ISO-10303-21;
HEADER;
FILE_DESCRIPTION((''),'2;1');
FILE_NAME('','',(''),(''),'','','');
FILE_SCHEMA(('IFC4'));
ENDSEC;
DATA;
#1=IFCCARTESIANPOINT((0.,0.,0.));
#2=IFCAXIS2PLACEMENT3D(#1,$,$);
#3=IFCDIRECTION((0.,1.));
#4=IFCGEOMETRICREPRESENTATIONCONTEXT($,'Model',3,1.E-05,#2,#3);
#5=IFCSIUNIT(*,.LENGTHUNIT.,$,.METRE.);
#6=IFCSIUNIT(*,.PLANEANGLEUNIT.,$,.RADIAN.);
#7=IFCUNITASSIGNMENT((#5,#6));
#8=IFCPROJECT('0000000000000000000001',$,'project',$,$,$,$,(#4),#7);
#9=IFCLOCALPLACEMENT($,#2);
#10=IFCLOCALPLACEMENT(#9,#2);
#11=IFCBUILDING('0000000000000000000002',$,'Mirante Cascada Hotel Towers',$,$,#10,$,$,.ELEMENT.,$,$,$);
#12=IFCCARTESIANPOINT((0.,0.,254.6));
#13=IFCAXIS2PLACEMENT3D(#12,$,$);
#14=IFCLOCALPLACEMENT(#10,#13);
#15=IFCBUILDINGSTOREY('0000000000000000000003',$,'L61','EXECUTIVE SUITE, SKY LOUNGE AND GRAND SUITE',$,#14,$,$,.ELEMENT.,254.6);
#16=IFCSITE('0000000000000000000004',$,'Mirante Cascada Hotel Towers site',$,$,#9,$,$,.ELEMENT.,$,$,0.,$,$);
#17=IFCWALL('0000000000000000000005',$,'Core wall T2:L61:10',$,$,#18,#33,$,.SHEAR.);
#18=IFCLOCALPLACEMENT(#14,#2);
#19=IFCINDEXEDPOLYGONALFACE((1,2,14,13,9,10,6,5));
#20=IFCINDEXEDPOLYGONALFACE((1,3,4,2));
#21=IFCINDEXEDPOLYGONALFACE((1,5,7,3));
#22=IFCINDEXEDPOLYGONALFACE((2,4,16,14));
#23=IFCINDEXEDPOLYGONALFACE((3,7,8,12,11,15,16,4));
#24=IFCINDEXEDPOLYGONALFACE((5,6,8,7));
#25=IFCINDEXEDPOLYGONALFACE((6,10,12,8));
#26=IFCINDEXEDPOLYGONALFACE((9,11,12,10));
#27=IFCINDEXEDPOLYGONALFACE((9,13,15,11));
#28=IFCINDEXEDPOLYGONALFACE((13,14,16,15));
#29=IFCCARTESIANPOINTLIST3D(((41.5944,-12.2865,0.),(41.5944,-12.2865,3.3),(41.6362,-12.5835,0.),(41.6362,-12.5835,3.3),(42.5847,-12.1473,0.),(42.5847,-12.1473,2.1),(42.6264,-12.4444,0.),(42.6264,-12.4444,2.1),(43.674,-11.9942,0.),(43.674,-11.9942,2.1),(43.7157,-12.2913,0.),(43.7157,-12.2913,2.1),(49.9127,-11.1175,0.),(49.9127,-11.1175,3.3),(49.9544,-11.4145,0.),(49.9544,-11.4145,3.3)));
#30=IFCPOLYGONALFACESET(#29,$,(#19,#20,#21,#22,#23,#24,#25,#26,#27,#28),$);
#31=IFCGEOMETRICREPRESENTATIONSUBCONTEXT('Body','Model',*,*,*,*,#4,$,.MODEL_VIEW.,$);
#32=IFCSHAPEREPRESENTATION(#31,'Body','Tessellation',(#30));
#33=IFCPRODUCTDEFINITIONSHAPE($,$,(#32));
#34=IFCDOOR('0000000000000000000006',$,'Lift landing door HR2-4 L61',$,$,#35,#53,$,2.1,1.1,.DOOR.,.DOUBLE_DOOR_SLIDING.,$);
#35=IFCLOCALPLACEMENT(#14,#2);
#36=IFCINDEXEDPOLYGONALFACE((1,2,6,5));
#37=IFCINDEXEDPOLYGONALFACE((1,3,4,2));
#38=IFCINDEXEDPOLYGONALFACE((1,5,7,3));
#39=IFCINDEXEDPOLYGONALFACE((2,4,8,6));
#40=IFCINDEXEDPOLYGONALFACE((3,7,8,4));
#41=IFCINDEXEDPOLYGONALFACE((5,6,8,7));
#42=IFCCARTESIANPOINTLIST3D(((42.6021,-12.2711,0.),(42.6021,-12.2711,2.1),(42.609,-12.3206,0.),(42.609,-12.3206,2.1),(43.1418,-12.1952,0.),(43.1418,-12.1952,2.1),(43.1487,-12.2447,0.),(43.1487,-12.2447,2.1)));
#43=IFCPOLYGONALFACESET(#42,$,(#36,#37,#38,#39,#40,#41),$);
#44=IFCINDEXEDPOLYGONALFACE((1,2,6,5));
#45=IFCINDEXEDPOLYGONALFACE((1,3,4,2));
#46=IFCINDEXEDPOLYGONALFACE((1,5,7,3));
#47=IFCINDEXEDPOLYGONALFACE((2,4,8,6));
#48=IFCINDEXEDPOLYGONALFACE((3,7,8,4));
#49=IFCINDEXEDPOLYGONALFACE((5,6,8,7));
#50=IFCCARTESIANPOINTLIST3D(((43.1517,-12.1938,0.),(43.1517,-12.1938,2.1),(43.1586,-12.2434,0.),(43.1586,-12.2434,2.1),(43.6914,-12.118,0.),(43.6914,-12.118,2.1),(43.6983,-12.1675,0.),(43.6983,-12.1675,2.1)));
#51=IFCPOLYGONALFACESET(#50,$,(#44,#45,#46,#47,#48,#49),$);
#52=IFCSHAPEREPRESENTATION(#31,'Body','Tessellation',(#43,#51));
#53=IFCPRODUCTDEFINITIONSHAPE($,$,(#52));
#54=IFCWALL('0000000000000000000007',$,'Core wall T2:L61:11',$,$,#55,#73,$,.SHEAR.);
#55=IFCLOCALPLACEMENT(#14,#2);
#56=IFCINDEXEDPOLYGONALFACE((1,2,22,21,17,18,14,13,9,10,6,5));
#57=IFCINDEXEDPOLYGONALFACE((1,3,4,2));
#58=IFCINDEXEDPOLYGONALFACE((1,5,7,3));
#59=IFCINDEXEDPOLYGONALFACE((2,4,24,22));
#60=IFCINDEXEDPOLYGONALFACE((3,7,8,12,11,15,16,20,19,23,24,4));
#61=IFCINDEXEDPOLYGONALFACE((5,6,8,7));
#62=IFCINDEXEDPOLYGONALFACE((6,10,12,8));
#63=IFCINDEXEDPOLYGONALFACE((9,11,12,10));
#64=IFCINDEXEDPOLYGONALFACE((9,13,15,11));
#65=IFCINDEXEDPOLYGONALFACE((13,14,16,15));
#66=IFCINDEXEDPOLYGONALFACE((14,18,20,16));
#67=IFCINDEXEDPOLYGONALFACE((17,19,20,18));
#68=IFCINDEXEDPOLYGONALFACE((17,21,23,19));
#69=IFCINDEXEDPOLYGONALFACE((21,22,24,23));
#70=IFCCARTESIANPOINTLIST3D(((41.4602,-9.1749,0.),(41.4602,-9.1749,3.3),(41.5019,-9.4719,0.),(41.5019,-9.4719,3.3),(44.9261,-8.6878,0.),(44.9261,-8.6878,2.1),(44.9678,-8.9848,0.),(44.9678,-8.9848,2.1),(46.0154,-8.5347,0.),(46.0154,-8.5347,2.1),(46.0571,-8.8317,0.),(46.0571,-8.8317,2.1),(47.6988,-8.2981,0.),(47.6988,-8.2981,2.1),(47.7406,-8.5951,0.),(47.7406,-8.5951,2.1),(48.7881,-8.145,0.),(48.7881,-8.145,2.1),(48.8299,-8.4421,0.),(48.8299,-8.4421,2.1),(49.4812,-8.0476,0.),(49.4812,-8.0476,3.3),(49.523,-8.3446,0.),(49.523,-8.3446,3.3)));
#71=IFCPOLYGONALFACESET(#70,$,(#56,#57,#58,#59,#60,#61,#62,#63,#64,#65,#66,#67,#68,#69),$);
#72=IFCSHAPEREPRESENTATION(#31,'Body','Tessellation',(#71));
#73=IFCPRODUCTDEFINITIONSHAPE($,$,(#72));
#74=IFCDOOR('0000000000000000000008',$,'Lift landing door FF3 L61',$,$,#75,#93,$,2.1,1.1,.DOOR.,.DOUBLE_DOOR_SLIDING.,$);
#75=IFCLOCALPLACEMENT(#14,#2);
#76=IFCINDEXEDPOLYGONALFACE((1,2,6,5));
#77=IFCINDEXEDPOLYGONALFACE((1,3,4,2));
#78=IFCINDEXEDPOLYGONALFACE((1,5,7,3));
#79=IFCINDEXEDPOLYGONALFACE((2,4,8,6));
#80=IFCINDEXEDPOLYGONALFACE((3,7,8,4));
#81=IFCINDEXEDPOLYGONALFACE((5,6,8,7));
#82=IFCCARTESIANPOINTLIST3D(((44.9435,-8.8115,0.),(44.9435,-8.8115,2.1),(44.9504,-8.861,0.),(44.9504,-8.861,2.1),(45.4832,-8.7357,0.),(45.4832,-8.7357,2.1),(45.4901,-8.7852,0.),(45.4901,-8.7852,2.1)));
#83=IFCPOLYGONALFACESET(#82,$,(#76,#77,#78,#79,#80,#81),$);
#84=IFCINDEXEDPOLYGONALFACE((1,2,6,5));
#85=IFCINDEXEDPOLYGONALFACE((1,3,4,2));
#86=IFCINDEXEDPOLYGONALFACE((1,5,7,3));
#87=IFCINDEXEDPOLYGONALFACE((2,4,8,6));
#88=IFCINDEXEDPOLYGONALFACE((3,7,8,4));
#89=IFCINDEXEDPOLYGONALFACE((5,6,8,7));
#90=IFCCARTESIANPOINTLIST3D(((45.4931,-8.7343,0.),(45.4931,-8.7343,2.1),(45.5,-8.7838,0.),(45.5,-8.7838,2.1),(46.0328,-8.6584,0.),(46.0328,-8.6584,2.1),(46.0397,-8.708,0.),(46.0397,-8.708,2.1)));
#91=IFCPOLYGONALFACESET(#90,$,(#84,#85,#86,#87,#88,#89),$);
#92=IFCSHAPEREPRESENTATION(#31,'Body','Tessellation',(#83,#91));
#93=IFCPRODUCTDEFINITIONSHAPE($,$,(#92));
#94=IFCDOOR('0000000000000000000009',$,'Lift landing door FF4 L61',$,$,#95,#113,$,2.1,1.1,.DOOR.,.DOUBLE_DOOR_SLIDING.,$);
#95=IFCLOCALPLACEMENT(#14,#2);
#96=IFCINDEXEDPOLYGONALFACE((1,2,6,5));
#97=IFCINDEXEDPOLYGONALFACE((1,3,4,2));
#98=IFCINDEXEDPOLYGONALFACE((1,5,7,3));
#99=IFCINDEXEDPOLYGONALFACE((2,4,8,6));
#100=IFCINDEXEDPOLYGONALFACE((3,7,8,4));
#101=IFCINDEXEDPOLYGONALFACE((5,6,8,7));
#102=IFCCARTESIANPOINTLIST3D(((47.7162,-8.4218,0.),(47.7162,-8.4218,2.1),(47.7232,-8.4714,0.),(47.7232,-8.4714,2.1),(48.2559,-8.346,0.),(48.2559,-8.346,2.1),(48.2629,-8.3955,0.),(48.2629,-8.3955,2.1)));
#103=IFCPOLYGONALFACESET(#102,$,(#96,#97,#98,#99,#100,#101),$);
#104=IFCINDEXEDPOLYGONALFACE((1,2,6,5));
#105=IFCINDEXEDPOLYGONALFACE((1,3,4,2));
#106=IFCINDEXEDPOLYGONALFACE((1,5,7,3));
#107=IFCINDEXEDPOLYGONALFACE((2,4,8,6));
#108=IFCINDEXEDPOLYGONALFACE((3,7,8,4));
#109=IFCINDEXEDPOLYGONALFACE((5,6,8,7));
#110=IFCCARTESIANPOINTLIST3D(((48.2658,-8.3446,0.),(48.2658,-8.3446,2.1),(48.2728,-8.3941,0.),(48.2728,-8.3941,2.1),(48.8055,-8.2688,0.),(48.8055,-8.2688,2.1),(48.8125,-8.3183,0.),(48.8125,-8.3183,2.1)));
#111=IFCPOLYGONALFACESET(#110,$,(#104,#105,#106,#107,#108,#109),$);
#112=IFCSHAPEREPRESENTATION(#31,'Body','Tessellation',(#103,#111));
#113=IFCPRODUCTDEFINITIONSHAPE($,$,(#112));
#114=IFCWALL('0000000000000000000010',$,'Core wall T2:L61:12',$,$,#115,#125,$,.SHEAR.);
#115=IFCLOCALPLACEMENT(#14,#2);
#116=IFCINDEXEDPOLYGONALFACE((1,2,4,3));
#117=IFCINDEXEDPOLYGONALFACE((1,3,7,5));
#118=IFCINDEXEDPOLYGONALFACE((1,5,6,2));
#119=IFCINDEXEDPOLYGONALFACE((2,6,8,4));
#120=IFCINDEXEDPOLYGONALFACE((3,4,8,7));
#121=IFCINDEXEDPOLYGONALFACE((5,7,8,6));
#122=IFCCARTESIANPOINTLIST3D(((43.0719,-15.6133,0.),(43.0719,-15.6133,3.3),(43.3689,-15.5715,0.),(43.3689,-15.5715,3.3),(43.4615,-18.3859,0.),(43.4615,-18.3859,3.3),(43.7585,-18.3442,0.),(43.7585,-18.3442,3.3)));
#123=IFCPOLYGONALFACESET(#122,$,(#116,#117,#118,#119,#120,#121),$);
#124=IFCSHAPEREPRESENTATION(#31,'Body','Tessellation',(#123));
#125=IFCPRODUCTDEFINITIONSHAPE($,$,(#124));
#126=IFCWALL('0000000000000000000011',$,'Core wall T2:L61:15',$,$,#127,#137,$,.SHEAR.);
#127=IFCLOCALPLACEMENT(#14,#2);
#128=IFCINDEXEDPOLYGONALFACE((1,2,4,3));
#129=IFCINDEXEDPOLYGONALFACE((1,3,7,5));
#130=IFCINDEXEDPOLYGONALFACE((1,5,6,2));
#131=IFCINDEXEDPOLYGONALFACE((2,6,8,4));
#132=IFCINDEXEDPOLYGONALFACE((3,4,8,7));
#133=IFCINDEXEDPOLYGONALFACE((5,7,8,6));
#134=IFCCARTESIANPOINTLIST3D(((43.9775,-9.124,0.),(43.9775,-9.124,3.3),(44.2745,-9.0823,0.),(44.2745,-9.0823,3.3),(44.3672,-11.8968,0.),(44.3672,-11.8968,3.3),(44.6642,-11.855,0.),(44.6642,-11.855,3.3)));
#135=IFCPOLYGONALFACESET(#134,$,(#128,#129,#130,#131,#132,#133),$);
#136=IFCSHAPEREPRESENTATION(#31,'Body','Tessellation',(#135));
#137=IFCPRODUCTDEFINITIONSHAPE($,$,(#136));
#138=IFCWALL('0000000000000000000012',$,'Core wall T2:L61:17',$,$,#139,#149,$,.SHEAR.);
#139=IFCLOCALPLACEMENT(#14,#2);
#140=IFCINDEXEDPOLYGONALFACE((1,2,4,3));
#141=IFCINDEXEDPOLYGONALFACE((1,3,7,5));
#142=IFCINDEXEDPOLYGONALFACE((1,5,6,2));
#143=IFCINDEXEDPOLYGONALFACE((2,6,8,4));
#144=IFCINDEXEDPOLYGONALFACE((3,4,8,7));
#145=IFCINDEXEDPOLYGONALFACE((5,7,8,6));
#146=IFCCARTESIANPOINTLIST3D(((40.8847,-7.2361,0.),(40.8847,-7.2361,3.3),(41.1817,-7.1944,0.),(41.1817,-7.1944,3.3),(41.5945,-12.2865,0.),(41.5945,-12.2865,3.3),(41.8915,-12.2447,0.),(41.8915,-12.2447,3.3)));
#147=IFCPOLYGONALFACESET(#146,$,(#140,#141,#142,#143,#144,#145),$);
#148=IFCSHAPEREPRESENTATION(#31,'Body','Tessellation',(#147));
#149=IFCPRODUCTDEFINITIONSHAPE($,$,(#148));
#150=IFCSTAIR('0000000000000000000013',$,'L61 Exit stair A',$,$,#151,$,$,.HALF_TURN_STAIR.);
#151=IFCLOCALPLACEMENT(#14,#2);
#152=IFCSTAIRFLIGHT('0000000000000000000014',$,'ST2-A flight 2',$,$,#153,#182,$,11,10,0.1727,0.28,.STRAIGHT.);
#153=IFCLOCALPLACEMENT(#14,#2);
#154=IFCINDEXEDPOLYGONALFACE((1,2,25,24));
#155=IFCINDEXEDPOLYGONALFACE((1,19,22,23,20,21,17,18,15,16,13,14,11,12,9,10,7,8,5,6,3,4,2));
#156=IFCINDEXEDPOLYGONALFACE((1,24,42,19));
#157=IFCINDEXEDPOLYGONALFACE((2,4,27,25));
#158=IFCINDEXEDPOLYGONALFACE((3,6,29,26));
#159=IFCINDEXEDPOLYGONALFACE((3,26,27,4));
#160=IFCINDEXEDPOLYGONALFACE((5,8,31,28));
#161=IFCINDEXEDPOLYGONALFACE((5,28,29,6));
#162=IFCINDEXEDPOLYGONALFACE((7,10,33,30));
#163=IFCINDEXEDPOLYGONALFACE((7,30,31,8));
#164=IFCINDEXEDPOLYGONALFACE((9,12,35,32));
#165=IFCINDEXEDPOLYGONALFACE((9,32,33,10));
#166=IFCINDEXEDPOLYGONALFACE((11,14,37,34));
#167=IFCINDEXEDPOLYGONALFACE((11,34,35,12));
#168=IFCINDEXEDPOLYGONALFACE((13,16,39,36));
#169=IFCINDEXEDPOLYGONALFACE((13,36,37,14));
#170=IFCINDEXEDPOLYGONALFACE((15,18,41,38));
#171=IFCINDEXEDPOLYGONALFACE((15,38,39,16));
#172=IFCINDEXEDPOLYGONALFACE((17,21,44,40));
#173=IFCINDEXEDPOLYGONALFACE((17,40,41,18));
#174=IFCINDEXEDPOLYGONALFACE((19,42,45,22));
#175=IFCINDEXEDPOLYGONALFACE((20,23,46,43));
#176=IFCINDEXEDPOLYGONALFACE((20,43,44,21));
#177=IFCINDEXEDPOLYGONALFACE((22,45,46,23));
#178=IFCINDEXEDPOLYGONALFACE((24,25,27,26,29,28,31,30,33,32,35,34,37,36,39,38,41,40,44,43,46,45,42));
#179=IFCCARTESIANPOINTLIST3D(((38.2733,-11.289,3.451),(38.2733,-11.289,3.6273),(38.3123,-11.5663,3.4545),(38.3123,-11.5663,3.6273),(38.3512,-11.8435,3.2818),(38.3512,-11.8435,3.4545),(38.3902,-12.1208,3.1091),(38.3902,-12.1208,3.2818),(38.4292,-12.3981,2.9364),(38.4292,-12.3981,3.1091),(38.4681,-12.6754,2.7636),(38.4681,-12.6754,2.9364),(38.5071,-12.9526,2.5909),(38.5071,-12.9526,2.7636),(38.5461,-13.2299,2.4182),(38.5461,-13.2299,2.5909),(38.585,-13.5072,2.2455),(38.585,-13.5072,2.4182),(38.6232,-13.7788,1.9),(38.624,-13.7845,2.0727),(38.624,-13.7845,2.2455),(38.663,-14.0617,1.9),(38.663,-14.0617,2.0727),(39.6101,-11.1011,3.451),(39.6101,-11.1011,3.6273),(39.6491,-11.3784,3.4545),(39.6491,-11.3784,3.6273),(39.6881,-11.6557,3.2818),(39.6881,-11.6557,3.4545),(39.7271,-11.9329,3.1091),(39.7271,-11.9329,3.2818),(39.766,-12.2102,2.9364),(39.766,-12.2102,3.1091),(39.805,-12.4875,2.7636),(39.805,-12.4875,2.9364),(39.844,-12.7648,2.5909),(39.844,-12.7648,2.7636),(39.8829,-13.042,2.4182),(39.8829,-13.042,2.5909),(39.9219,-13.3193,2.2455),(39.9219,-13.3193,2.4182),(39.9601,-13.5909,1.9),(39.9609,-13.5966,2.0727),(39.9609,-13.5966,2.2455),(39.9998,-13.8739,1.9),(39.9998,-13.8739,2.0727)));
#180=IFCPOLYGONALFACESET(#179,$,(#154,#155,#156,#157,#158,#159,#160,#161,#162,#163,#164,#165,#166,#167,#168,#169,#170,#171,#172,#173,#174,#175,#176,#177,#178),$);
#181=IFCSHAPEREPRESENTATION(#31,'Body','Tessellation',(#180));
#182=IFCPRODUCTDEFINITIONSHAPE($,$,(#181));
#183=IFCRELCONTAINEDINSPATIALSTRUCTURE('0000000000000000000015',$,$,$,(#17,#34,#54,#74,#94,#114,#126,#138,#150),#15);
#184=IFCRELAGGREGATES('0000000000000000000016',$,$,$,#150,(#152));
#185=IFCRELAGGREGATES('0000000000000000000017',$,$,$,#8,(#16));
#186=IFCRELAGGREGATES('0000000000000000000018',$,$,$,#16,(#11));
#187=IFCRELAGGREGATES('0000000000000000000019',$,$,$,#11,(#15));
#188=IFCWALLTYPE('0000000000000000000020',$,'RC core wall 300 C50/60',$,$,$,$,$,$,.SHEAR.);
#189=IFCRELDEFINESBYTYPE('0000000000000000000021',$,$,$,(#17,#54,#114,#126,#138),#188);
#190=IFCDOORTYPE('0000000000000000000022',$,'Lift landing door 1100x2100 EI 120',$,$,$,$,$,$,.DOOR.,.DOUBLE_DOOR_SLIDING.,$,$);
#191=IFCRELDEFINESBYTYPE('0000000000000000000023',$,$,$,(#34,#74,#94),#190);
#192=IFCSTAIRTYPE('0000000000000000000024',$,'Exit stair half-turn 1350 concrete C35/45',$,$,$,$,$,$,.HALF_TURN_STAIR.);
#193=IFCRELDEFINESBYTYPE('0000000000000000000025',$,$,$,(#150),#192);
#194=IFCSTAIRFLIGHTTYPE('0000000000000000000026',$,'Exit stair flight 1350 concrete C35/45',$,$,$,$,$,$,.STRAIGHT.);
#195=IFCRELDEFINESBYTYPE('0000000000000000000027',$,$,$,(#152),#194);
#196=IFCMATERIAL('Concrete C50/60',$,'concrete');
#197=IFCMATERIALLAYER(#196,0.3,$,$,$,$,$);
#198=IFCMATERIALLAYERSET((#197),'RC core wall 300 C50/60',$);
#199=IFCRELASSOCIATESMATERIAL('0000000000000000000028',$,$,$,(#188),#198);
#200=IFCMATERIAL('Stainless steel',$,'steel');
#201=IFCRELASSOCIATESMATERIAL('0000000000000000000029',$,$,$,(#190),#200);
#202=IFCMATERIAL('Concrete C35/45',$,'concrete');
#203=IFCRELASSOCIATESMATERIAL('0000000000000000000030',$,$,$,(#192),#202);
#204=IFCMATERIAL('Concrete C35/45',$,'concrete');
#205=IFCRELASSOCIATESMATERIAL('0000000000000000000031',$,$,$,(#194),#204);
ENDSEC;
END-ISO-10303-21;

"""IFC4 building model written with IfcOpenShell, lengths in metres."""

from ifc_helpers import new_model, si_unit, direction, frame, frame_2d, origin, place, context, subcontext, project, spatial, polyline, rectangle, outline, extrude, material, layer, layer_set, type_object, element, fill, aggregate, save


model = new_model("IFC4")

# Units and contexts
model_context = context("Model", 3, precision=1e-05, world=origin(), true_north=direction((0.0, 1.0)))
body_context = subcontext(model_context, "Body", "Model", "MODEL_VIEW")
ifc_project = project(units=[si_unit("LENGTHUNIT", "METRE"), si_unit("PLANEANGLEUNIT", "RADIAN")], contexts=[model_context])

# Site, building, storey
site_placement = place(None, origin())
site = spatial("IfcSite", under=ifc_project, at=site_placement, Name="Mirante Cascada Hotel Towers site", CompositionType="ELEMENT", RefElevation=0.0)
building_placement = place(site_placement, origin())
building = spatial("IfcBuilding", under=site, at=building_placement, Name="Mirante Cascada Hotel Towers", CompositionType="ELEMENT")
storey_placement = place(building_placement, frame((0.0, 0.0, 254.6)))
storey = spatial("IfcBuildingStorey", under=building, at=storey_placement, Name="L61", Description="EXECUTIVE SUITE, SKY LOUNGE AND GRAND SUITE", CompositionType="ELEMENT", Elevation=254.6)

# Shared definitions
ifc_material_1 = material(Name="Concrete C50/60", Category="concrete")
ifc_layer_1 = layer(ifc_material_1, 0.3)
ifc_layer_set_1 = layer_set([ifc_layer_1], Name="RC core wall 300 C50/60")
wall_type_1 = type_object("IfcWallType", Name="RC core wall 300 C50/60", PredefinedType="SHEAR", material=ifc_layer_set_1)

# Shared definitions
ifc_material_2 = material(Name="Stainless steel", Category="steel")
door_type_1 = type_object("IfcDoorType", Name="Lift landing door 1100x2100 EI 120", OperationType="DOUBLE_DOOR_SLIDING", PredefinedType="DOOR", material=ifc_material_2)

# Wall, opening, door
wall_1_placement = place(storey_placement, frame((41.6153, -12.435, 0.0), z_axis=(0.0, 0.0, 1.0), x_axis=(0.990269, 0.139166, 0.0)))
wall_1 = element("IfcWall", 1, at=wall_1_placement, inside=storey, type_object=wall_type_1, Name="Core wall T2:L61:10", PredefinedType="SHEAR", context=body_context, shape_type="SweptSolid", body=[
    extrude(rectangle(XDim=8.4, YDim=0.3, at=frame_2d((4.2, 0.0))), origin(), (0.0, 0.0, 1.0), 3.3),
])
opening_1_placement = place(wall_1_placement, frame((1.0, 0.0, 0.0)))
opening_1 = element("IfcOpeningElement", 2, at=opening_1_placement, cuts=wall_1, PredefinedType="OPENING", context=body_context, shape_type="SweptSolid", body=[
    extrude(rectangle(XDim=1.1, YDim=2.1, at=frame_2d((0.55, 1.05))), frame((0.0, 0.15, 0.0), z_axis=(0.0, -1.0, 0.0), x_axis=(1.0, 0.0, 0.0)), (0.0, 0.0, 1.0), 0.3),
])
door_1_placement = place(opening_1_placement, origin())
door_1 = element("IfcDoor", 3, at=door_1_placement, inside=storey, type_object=door_type_1, Name="Lift landing door HR2-4 L61", OperationType="DOUBLE_DOOR_SLIDING", OverallHeight=2.1, OverallWidth=1.1, PredefinedType="DOOR", context=body_context, shape_type="SweptSolid", body=[
    extrude(rectangle(XDim=0.545, YDim=2.1, at=frame_2d((0.2725, 1.05))), frame((0.0, 0.025, 0.0), z_axis=(0.0, -1.0, 0.0), x_axis=(1.0, 0.0, 0.0)), (0.0, 0.0, 1.0), 0.05),
    extrude(rectangle(XDim=0.545, YDim=2.1, at=frame_2d((0.8275, 1.05))), frame((0.0, 0.025, 0.0), z_axis=(0.0, -1.0, 0.0), x_axis=(1.0, 0.0, 0.0)), (0.0, 0.0, 1.0), 0.05),
])
fill(opening_1, door_1)

# Wall, openings, doors
wall_2_placement = place(storey_placement, frame((41.481, -9.3234, 0.0), z_axis=(0.0, 0.0, 1.0), x_axis=(0.990268, 0.139174, 0.0)))
wall_2 = element("IfcWall", 4, at=wall_2_placement, inside=storey, type_object=wall_type_1, Name="Core wall T2:L61:11", PredefinedType="SHEAR", context=body_context, shape_type="SweptSolid", body=[
    extrude(rectangle(XDim=8.0999, YDim=0.3, at=frame_2d((4.05, 0.0))), origin(), (0.0, 0.0, 1.0), 3.3),
])
opening_2_placement = place(wall_2_placement, frame((3.5, 0.0, 0.0)))
opening_2 = element("IfcOpeningElement", 5, at=opening_2_placement, cuts=wall_2, PredefinedType="OPENING", context=body_context, shape_type="SweptSolid", body=[
    extrude(rectangle(XDim=1.1, YDim=2.1, at=frame_2d((0.55, 1.05))), frame((0.0, 0.15, 0.0), z_axis=(0.0, -1.0, 0.0), x_axis=(1.0, 0.0, 0.0)), (0.0, 0.0, 1.0), 0.3),
])
opening_3_placement = place(wall_2_placement, frame((6.3, 0.0, 0.0)))
opening_3 = element("IfcOpeningElement", 6, at=opening_3_placement, cuts=wall_2, PredefinedType="OPENING", context=body_context, shape_type="SweptSolid", body=[
    extrude(rectangle(XDim=1.1, YDim=2.1, at=frame_2d((0.55, 1.05))), frame((0.0, 0.15, 0.0), z_axis=(0.0, -1.0, 0.0), x_axis=(1.0, 0.0, 0.0)), (0.0, 0.0, 1.0), 0.3),
])
door_2_placement = place(opening_2_placement, origin())
door_2 = element("IfcDoor", 7, at=door_2_placement, inside=storey, type_object=door_type_1, Name="Lift landing door FF3 L61", OperationType="DOUBLE_DOOR_SLIDING", OverallHeight=2.1, OverallWidth=1.1, PredefinedType="DOOR", context=body_context, shape_type="SweptSolid", body=[
    extrude(rectangle(XDim=0.545, YDim=2.1, at=frame_2d((0.2725, 1.05))), frame((0.0, 0.025, 0.0), z_axis=(0.0, -1.0, 0.0), x_axis=(1.0, 0.0, 0.0)), (0.0, 0.0, 1.0), 0.05),
    extrude(rectangle(XDim=0.545, YDim=2.1, at=frame_2d((0.8275, 1.05))), frame((0.0, 0.025, 0.0), z_axis=(0.0, -1.0, 0.0), x_axis=(1.0, 0.0, 0.0)), (0.0, 0.0, 1.0), 0.05),
])
fill(opening_2, door_2)
door_3_placement = place(opening_3_placement, origin())
door_3 = element("IfcDoor", 8, at=door_3_placement, inside=storey, type_object=door_type_1, Name="Lift landing door FF4 L61", OperationType="DOUBLE_DOOR_SLIDING", OverallHeight=2.1, OverallWidth=1.1, PredefinedType="DOOR", context=body_context, shape_type="SweptSolid", body=[
    extrude(rectangle(XDim=0.545, YDim=2.1, at=frame_2d((0.2725, 1.05))), frame((0.0, 0.025, 0.0), z_axis=(0.0, -1.0, 0.0), x_axis=(1.0, 0.0, 0.0)), (0.0, 0.0, 1.0), 0.05),
    extrude(rectangle(XDim=0.545, YDim=2.1, at=frame_2d((0.8275, 1.05))), frame((0.0, 0.025, 0.0), z_axis=(0.0, -1.0, 0.0), x_axis=(1.0, 0.0, 0.0)), (0.0, 0.0, 1.0), 0.05),
])
fill(opening_3, door_3)

# Walls
wall_3_placement = place(storey_placement, frame((43.61, -18.3651, 0.0), z_axis=(0.0, 0.0, 1.0), x_axis=(-0.139146, 0.990272, 0.0)))
element("IfcWall", 9, at=wall_3_placement, inside=storey, type_object=wall_type_1, Name="Core wall T2:L61:12", PredefinedType="SHEAR", context=body_context, shape_type="SweptSolid", body=[
    extrude(rectangle(XDim=2.7999, YDim=0.3, at=frame_2d((1.4, 0.0))), origin(), (0.0, 0.0, 1.0), 3.3),
])
wall_4_placement = place(storey_placement, frame((44.5157, -11.8759, 0.0), z_axis=(0.0, 0.0, 1.0), x_axis=(-0.139181, 0.990267, 0.0)))
element("IfcWall", 10, at=wall_4_placement, inside=storey, type_object=wall_type_1, Name="Core wall T2:L61:15", PredefinedType="SHEAR", context=body_context, shape_type="SweptSolid", body=[
    extrude(rectangle(XDim=2.8, YDim=0.3, at=frame_2d((1.4, 0.0))), origin(), (0.0, 0.0, 1.0), 3.3),
])
wall_5_placement = place(storey_placement, frame((41.743, -12.2656, 0.0), z_axis=(0.0, 0.0, 1.0), x_axis=(-0.139176, 0.990268, 0.0)))
element("IfcWall", 11, at=wall_5_placement, inside=storey, type_object=wall_type_1, Name="Core wall T2:L61:17", PredefinedType="SHEAR", context=body_context, shape_type="SweptSolid", body=[
    extrude(rectangle(XDim=5.1, YDim=0.3, at=frame_2d((2.55, 0.0))), origin(), (0.0, 0.0, 1.0), 3.3),
])

# Stair, stair flight
ifc_material_3 = material(Name="Concrete C35/45", Category="concrete")
stair_type = type_object("IfcStairType", Name="Exit stair half-turn 1350 concrete C35/45", PredefinedType="HALF_TURN_STAIR", material=ifc_material_3)
stair_placement = place(storey_placement, origin())
stair = element("IfcStair", 12, at=stair_placement, inside=storey, type_object=stair_type, Name="L61 Exit stair A", PredefinedType="HALF_TURN_STAIR")
ifc_material_4 = material(Name="Concrete C35/45", Category="concrete")
stair_flight_type = type_object("IfcStairFlightType", Name="Exit stair flight 1350 concrete C35/45", PredefinedType="STRAIGHT", material=ifc_material_4)
stair_flight_placement = place(storey_placement, frame((39.3314, -13.9678, 1.9), z_axis=(0.0, 0.0, 1.0), x_axis=(-0.139173, 0.990268, 0.0)))
stair_flight = element("IfcStairFlight", 13, at=stair_flight_placement, type_object=stair_flight_type, Name="ST2-A flight 2", NumberOfRisers=11, NumberOfTreads=10, PredefinedType="STRAIGHT", RiserHeight=0.1727, TreadLength=0.28, context=body_context, shape_type="SweptSolid", body=[
    extrude(outline(polyline([(0.0, 0.0), (0.0, 0.1727), (0.28, 0.1727), (0.28, 0.3455), (0.56, 0.3455), (0.56, 0.5182), (0.84, 0.5182), (0.84, 0.6909), (1.12, 0.6909), (1.12, 0.8636), (1.4, 0.8636), (1.4, 1.0364), (1.68, 1.0364), (1.68, 1.2091), (1.96, 1.2091), (1.96, 1.3818), (2.24, 1.3818), (2.24, 1.5545), (2.52, 1.5545), (2.52, 1.7273), (2.8, 1.7273), (2.8, 1.9), (2.8, 1.551), (0.2857, 0.0), (0.0, 0.0)])), frame((0.0, 0.675, 0.0), z_axis=(0.0, -1.0, 0.0), x_axis=(1.0, 0.0, 0.0)), (0.0, 0.0, 1.0), 1.35),
])
aggregate(stair, [stair_flight])

save(model, "model.ifc")
